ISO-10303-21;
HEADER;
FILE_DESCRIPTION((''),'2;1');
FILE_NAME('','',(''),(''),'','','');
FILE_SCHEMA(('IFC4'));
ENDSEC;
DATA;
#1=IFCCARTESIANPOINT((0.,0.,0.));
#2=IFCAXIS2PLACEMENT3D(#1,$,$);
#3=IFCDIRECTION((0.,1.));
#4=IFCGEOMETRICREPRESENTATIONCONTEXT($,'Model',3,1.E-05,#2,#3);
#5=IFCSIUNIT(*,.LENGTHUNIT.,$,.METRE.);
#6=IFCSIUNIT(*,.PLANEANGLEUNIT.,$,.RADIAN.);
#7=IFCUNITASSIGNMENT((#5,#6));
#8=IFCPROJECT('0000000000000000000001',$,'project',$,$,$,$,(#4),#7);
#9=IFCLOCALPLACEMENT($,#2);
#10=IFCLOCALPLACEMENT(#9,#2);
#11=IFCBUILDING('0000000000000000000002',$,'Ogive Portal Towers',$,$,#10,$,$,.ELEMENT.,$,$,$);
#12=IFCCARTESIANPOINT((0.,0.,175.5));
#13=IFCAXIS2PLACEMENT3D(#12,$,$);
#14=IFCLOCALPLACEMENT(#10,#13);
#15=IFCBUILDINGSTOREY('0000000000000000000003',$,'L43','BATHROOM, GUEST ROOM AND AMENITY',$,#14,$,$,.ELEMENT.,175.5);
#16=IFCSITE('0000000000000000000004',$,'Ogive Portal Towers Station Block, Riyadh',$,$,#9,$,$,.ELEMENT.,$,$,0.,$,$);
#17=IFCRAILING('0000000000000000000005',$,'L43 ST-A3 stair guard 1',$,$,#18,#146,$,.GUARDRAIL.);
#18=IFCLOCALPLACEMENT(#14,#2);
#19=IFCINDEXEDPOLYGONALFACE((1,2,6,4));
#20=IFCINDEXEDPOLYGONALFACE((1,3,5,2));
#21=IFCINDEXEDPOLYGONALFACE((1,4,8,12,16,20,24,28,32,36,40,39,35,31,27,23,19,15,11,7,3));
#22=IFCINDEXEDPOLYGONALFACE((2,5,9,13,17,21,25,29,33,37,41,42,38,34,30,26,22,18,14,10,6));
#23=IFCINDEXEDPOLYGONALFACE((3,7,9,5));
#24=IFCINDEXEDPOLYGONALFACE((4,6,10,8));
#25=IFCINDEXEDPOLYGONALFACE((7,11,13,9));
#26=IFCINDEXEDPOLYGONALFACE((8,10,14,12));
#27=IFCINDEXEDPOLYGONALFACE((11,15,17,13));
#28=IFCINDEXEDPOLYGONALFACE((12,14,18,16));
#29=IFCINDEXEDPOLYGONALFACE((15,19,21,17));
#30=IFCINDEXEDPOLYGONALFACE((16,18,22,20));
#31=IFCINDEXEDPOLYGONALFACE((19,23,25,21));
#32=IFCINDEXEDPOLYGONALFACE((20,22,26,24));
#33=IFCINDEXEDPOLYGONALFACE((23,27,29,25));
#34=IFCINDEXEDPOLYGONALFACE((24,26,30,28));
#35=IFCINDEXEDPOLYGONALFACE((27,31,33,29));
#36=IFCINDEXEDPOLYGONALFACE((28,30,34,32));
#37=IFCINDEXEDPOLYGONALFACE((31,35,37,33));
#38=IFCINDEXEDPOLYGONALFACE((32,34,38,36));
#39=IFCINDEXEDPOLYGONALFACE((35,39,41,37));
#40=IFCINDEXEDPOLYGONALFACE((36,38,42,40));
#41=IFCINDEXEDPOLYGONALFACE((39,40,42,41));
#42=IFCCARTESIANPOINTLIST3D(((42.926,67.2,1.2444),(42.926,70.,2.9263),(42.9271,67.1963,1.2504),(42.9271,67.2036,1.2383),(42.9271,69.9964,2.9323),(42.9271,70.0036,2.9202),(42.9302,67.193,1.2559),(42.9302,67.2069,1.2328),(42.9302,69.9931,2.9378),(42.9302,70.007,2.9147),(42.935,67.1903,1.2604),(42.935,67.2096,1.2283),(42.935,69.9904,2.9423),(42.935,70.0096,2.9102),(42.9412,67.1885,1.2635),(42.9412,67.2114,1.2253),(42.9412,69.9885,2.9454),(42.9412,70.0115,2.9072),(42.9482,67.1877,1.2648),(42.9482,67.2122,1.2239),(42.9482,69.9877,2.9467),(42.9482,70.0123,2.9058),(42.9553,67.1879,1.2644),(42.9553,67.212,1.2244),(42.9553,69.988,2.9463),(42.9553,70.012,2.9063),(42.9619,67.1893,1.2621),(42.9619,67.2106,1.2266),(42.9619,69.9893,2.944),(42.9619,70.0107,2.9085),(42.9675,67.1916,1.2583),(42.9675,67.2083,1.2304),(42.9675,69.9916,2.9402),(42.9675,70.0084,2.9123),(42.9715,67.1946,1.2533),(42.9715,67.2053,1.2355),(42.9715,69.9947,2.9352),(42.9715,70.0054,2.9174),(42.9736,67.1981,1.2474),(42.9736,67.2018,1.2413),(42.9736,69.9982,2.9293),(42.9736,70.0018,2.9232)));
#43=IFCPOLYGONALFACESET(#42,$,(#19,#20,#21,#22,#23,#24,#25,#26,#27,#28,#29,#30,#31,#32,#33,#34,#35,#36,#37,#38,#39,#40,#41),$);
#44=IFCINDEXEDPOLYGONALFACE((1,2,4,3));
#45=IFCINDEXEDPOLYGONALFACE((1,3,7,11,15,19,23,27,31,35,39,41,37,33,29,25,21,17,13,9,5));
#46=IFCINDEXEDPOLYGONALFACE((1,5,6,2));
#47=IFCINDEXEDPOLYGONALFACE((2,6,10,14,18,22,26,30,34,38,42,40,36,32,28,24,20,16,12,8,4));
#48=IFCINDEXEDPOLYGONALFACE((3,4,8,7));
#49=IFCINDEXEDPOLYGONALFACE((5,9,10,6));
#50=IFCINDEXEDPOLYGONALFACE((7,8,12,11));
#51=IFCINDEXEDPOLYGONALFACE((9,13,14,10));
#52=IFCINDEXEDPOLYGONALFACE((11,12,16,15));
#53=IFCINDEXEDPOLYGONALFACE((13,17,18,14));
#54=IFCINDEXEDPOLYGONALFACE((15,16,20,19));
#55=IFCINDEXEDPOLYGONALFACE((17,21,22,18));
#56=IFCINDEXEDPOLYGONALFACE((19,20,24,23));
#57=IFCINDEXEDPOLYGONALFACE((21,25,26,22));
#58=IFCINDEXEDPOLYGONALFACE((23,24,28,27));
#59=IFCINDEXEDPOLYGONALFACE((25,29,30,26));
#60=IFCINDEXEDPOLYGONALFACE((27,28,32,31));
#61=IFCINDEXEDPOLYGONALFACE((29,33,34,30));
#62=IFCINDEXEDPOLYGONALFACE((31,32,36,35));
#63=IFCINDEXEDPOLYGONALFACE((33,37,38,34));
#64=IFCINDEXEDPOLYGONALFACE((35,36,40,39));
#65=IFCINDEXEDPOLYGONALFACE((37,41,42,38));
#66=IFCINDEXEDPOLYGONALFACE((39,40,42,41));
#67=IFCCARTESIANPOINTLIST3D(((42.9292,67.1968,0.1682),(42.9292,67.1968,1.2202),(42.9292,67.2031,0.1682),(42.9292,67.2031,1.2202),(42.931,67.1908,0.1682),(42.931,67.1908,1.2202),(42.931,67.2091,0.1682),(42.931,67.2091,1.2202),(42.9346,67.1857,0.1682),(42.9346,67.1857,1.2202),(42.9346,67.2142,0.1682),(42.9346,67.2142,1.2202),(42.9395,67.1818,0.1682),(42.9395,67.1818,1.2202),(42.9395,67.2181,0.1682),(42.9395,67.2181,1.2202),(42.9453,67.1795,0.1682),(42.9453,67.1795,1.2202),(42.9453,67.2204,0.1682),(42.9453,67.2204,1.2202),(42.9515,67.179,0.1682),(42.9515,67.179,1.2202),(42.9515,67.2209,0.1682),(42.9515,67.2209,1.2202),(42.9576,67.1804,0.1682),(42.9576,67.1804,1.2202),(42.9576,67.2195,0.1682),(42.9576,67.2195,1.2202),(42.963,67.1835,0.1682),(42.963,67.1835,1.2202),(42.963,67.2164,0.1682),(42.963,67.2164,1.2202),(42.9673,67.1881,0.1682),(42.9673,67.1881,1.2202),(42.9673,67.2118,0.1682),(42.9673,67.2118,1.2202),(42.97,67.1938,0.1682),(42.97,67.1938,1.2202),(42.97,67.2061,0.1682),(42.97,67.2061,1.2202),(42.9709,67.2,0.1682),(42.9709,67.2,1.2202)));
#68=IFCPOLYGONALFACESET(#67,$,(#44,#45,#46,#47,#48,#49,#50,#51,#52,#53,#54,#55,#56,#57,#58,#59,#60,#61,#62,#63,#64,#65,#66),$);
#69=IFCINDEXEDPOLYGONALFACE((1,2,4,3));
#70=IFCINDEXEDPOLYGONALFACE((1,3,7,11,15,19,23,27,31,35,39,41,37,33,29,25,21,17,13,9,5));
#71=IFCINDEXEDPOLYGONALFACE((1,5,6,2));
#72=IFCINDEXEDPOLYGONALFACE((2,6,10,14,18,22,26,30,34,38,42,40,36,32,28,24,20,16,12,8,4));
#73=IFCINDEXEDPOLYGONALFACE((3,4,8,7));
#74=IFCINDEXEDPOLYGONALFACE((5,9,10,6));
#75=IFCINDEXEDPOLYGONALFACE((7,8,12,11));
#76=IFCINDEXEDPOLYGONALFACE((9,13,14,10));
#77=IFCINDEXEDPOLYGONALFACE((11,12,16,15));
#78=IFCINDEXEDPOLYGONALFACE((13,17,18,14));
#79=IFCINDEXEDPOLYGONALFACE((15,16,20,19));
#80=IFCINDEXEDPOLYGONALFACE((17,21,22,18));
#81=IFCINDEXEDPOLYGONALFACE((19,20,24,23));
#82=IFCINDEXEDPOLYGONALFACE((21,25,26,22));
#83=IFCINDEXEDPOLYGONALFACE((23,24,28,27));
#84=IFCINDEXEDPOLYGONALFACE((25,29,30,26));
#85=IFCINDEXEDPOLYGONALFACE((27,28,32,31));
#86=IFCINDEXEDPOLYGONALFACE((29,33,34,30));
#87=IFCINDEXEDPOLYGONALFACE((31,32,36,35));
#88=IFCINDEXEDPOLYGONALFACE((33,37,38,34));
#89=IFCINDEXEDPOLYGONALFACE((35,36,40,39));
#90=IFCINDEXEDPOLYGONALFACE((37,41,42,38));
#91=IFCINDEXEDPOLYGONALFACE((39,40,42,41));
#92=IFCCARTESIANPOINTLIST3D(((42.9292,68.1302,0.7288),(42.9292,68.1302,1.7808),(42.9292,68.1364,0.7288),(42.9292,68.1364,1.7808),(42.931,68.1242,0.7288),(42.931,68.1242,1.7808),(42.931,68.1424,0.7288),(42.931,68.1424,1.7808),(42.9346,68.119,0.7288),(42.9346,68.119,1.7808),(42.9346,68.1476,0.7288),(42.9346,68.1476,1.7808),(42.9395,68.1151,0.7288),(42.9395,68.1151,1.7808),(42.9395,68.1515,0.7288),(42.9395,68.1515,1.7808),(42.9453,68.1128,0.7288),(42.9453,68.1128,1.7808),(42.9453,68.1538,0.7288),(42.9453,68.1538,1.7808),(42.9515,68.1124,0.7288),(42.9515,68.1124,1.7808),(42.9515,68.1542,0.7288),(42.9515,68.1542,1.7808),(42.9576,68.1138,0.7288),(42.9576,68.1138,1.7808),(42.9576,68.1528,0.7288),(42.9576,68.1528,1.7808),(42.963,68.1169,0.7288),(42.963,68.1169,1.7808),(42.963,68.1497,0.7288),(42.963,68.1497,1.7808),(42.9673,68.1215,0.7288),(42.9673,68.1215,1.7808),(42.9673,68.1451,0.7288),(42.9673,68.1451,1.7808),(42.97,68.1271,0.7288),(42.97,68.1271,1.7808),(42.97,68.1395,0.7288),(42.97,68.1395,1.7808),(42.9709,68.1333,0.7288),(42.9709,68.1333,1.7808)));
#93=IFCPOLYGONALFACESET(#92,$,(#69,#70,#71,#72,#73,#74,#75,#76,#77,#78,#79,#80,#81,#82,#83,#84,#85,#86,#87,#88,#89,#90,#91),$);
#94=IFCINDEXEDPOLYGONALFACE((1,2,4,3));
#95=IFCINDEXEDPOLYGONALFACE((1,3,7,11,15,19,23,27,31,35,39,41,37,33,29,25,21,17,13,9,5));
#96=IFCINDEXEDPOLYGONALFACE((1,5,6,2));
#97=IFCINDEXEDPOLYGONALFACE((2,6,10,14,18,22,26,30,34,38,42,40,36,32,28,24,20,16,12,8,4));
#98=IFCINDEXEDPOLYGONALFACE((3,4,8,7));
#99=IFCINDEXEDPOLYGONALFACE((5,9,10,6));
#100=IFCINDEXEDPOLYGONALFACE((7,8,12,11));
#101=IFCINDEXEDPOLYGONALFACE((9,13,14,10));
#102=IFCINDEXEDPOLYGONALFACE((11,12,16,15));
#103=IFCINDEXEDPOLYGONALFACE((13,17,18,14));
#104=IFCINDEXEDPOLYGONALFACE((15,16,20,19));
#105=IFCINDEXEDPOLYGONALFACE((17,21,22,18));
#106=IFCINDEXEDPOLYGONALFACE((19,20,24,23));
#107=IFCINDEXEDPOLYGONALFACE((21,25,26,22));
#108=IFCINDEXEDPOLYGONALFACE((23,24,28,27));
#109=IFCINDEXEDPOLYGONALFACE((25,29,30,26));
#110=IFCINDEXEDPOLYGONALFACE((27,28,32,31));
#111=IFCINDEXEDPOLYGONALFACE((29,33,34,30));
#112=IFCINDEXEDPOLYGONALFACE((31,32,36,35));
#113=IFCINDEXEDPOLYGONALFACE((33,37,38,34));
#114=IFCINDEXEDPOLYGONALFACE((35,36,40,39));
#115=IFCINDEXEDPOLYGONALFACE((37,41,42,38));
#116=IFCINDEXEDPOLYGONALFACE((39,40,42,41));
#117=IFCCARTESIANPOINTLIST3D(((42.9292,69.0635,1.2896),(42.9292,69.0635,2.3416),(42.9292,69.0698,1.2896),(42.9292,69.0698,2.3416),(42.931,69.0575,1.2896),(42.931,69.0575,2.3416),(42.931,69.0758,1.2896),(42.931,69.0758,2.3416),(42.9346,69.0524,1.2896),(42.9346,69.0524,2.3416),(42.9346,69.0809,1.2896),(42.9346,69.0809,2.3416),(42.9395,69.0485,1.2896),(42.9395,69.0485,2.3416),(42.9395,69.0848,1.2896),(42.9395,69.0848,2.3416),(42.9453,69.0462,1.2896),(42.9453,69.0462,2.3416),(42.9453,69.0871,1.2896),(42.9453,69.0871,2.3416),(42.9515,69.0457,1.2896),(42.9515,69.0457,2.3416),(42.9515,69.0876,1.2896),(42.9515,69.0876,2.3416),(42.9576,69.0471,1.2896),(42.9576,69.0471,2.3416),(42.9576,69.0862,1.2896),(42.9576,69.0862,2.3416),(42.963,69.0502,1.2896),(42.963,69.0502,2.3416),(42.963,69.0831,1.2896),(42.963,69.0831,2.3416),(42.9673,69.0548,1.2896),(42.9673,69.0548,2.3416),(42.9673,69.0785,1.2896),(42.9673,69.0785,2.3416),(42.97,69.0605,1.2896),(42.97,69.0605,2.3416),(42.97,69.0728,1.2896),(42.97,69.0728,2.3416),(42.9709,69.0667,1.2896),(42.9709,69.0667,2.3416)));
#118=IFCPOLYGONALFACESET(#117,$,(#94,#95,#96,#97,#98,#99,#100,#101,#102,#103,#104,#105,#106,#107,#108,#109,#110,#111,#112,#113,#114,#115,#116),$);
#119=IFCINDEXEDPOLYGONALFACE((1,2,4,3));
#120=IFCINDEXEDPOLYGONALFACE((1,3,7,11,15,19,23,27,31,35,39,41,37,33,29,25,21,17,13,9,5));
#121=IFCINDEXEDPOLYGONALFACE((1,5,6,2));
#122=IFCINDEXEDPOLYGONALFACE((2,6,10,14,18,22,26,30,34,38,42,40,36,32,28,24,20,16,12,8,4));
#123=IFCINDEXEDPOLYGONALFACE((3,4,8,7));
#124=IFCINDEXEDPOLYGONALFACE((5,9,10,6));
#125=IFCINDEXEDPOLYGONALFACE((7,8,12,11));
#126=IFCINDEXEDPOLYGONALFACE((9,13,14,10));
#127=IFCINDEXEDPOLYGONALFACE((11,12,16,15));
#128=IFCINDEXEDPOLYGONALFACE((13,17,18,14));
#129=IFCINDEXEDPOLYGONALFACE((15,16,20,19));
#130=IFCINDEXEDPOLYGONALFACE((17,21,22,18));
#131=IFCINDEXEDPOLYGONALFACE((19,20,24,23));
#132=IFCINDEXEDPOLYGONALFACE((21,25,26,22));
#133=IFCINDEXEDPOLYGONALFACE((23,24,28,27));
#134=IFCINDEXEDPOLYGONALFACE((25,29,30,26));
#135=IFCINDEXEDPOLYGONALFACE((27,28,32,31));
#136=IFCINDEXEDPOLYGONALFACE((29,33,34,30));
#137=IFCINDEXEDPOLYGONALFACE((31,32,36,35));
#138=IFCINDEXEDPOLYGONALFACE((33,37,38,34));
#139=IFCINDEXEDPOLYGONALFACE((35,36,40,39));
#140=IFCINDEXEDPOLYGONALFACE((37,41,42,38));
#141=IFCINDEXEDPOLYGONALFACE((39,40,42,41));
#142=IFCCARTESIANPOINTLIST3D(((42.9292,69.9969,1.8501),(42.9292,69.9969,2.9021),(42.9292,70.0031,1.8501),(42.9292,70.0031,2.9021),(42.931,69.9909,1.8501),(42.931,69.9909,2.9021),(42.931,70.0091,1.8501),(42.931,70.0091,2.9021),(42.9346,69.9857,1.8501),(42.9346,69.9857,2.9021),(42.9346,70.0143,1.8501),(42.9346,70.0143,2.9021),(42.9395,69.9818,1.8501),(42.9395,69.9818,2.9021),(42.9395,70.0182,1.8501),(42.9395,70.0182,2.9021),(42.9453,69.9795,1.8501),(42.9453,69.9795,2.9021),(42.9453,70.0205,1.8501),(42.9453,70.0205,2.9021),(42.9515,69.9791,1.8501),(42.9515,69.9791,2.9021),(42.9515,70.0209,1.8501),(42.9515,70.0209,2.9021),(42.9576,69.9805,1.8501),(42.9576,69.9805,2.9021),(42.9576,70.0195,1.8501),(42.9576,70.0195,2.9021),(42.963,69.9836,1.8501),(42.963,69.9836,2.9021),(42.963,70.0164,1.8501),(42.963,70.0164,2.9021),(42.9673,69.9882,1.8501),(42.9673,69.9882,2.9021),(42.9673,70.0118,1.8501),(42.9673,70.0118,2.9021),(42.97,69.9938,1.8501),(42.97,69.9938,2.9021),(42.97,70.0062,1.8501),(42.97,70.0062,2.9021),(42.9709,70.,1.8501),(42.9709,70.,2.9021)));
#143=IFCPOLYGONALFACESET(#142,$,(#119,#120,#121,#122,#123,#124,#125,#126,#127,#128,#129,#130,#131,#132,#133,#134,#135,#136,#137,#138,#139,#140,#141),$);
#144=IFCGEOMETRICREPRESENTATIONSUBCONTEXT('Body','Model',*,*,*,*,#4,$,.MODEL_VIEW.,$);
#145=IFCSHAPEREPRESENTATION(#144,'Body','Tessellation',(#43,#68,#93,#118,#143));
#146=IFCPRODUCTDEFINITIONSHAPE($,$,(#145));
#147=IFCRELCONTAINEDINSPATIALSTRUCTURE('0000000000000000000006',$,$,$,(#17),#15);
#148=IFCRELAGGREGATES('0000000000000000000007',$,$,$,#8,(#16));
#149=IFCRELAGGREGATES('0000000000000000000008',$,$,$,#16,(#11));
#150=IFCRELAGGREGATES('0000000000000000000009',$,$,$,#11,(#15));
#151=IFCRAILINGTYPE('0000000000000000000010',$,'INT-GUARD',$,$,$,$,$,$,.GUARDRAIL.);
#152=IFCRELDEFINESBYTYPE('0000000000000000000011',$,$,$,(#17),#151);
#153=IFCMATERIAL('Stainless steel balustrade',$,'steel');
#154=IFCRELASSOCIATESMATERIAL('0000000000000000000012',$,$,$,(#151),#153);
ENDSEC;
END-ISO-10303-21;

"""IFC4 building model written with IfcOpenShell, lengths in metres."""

from ifc_helpers import new_model, si_unit, direction, frame, origin, origin_2d, place, context, subcontext, project, spatial, circle, extrude, material, type_object, element, save


model = new_model("IFC4")

# Units and contexts
model_context = context("Model", 3, precision=1e-05, world=origin(), true_north=direction((0.0, 1.0)))
body_context = subcontext(model_context, "Body", "Model", "MODEL_VIEW")
ifc_project = project(units=[si_unit("LENGTHUNIT", "METRE"), si_unit("PLANEANGLEUNIT", "RADIAN")], contexts=[model_context])

# Site, building, storey
site_placement = place(None, origin())
site = spatial("IfcSite", under=ifc_project, at=site_placement, Name="Ogive Portal Towers Station Block, Riyadh", CompositionType="ELEMENT", RefElevation=0.0)
building_placement = place(site_placement, origin())
building = spatial("IfcBuilding", under=site, at=building_placement, Name="Ogive Portal Towers", CompositionType="ELEMENT")
storey_placement = place(building_placement, frame((0.0, 0.0, 175.5)))
storey = spatial("IfcBuildingStorey", under=building, at=storey_placement, Name="L43", Description="BATHROOM, GUEST ROOM AND AMENITY", CompositionType="ELEMENT", Elevation=175.5)

# Railing
ifc_material_1 = material(Name="Stainless steel balustrade", Category="steel")
railing_type_1 = type_object("IfcRailingType", Name="INT-GUARD", PredefinedType="GUARDRAIL", material=ifc_material_1)
railing_1_placement = place(storey_placement, frame((42.95, 67.2, 0.1682)))
element("IfcRailing", 1, at=railing_1_placement, inside=storey, type_object=railing_type_1, Name="L43 ST-A3 stair guard 1", PredefinedType="GUARDRAIL", context=body_context, shape_type="SweptSolid", body=[
    extrude(circle(Radius=0.0239, at=origin_2d()), frame((0.0, 0.0, 1.0762), z_axis=(0.0, 0.857242, 0.514913), x_axis=(-1.0, 0.0, 0.0)), (0.0, 0.0, 1.0), 3.2664),
    extrude(circle(Radius=0.021, at=origin_2d()), origin(), (0.0, 0.0, 1.0), 1.052),
    extrude(circle(Radius=0.021, at=origin_2d()), frame((0.0, 0.9333, 0.5605)), (0.0, 0.0, 1.0), 1.052),
    extrude(circle(Radius=0.021, at=origin_2d()), frame((0.0, 1.8667, 1.1213)), (0.0, 0.0, 1.0), 1.052),
    extrude(circle(Radius=0.021, at=origin_2d()), frame((0.0, 2.8, 1.6819)), (0.0, 0.0, 1.0), 1.052),
])

save(model, "model.ifc")
